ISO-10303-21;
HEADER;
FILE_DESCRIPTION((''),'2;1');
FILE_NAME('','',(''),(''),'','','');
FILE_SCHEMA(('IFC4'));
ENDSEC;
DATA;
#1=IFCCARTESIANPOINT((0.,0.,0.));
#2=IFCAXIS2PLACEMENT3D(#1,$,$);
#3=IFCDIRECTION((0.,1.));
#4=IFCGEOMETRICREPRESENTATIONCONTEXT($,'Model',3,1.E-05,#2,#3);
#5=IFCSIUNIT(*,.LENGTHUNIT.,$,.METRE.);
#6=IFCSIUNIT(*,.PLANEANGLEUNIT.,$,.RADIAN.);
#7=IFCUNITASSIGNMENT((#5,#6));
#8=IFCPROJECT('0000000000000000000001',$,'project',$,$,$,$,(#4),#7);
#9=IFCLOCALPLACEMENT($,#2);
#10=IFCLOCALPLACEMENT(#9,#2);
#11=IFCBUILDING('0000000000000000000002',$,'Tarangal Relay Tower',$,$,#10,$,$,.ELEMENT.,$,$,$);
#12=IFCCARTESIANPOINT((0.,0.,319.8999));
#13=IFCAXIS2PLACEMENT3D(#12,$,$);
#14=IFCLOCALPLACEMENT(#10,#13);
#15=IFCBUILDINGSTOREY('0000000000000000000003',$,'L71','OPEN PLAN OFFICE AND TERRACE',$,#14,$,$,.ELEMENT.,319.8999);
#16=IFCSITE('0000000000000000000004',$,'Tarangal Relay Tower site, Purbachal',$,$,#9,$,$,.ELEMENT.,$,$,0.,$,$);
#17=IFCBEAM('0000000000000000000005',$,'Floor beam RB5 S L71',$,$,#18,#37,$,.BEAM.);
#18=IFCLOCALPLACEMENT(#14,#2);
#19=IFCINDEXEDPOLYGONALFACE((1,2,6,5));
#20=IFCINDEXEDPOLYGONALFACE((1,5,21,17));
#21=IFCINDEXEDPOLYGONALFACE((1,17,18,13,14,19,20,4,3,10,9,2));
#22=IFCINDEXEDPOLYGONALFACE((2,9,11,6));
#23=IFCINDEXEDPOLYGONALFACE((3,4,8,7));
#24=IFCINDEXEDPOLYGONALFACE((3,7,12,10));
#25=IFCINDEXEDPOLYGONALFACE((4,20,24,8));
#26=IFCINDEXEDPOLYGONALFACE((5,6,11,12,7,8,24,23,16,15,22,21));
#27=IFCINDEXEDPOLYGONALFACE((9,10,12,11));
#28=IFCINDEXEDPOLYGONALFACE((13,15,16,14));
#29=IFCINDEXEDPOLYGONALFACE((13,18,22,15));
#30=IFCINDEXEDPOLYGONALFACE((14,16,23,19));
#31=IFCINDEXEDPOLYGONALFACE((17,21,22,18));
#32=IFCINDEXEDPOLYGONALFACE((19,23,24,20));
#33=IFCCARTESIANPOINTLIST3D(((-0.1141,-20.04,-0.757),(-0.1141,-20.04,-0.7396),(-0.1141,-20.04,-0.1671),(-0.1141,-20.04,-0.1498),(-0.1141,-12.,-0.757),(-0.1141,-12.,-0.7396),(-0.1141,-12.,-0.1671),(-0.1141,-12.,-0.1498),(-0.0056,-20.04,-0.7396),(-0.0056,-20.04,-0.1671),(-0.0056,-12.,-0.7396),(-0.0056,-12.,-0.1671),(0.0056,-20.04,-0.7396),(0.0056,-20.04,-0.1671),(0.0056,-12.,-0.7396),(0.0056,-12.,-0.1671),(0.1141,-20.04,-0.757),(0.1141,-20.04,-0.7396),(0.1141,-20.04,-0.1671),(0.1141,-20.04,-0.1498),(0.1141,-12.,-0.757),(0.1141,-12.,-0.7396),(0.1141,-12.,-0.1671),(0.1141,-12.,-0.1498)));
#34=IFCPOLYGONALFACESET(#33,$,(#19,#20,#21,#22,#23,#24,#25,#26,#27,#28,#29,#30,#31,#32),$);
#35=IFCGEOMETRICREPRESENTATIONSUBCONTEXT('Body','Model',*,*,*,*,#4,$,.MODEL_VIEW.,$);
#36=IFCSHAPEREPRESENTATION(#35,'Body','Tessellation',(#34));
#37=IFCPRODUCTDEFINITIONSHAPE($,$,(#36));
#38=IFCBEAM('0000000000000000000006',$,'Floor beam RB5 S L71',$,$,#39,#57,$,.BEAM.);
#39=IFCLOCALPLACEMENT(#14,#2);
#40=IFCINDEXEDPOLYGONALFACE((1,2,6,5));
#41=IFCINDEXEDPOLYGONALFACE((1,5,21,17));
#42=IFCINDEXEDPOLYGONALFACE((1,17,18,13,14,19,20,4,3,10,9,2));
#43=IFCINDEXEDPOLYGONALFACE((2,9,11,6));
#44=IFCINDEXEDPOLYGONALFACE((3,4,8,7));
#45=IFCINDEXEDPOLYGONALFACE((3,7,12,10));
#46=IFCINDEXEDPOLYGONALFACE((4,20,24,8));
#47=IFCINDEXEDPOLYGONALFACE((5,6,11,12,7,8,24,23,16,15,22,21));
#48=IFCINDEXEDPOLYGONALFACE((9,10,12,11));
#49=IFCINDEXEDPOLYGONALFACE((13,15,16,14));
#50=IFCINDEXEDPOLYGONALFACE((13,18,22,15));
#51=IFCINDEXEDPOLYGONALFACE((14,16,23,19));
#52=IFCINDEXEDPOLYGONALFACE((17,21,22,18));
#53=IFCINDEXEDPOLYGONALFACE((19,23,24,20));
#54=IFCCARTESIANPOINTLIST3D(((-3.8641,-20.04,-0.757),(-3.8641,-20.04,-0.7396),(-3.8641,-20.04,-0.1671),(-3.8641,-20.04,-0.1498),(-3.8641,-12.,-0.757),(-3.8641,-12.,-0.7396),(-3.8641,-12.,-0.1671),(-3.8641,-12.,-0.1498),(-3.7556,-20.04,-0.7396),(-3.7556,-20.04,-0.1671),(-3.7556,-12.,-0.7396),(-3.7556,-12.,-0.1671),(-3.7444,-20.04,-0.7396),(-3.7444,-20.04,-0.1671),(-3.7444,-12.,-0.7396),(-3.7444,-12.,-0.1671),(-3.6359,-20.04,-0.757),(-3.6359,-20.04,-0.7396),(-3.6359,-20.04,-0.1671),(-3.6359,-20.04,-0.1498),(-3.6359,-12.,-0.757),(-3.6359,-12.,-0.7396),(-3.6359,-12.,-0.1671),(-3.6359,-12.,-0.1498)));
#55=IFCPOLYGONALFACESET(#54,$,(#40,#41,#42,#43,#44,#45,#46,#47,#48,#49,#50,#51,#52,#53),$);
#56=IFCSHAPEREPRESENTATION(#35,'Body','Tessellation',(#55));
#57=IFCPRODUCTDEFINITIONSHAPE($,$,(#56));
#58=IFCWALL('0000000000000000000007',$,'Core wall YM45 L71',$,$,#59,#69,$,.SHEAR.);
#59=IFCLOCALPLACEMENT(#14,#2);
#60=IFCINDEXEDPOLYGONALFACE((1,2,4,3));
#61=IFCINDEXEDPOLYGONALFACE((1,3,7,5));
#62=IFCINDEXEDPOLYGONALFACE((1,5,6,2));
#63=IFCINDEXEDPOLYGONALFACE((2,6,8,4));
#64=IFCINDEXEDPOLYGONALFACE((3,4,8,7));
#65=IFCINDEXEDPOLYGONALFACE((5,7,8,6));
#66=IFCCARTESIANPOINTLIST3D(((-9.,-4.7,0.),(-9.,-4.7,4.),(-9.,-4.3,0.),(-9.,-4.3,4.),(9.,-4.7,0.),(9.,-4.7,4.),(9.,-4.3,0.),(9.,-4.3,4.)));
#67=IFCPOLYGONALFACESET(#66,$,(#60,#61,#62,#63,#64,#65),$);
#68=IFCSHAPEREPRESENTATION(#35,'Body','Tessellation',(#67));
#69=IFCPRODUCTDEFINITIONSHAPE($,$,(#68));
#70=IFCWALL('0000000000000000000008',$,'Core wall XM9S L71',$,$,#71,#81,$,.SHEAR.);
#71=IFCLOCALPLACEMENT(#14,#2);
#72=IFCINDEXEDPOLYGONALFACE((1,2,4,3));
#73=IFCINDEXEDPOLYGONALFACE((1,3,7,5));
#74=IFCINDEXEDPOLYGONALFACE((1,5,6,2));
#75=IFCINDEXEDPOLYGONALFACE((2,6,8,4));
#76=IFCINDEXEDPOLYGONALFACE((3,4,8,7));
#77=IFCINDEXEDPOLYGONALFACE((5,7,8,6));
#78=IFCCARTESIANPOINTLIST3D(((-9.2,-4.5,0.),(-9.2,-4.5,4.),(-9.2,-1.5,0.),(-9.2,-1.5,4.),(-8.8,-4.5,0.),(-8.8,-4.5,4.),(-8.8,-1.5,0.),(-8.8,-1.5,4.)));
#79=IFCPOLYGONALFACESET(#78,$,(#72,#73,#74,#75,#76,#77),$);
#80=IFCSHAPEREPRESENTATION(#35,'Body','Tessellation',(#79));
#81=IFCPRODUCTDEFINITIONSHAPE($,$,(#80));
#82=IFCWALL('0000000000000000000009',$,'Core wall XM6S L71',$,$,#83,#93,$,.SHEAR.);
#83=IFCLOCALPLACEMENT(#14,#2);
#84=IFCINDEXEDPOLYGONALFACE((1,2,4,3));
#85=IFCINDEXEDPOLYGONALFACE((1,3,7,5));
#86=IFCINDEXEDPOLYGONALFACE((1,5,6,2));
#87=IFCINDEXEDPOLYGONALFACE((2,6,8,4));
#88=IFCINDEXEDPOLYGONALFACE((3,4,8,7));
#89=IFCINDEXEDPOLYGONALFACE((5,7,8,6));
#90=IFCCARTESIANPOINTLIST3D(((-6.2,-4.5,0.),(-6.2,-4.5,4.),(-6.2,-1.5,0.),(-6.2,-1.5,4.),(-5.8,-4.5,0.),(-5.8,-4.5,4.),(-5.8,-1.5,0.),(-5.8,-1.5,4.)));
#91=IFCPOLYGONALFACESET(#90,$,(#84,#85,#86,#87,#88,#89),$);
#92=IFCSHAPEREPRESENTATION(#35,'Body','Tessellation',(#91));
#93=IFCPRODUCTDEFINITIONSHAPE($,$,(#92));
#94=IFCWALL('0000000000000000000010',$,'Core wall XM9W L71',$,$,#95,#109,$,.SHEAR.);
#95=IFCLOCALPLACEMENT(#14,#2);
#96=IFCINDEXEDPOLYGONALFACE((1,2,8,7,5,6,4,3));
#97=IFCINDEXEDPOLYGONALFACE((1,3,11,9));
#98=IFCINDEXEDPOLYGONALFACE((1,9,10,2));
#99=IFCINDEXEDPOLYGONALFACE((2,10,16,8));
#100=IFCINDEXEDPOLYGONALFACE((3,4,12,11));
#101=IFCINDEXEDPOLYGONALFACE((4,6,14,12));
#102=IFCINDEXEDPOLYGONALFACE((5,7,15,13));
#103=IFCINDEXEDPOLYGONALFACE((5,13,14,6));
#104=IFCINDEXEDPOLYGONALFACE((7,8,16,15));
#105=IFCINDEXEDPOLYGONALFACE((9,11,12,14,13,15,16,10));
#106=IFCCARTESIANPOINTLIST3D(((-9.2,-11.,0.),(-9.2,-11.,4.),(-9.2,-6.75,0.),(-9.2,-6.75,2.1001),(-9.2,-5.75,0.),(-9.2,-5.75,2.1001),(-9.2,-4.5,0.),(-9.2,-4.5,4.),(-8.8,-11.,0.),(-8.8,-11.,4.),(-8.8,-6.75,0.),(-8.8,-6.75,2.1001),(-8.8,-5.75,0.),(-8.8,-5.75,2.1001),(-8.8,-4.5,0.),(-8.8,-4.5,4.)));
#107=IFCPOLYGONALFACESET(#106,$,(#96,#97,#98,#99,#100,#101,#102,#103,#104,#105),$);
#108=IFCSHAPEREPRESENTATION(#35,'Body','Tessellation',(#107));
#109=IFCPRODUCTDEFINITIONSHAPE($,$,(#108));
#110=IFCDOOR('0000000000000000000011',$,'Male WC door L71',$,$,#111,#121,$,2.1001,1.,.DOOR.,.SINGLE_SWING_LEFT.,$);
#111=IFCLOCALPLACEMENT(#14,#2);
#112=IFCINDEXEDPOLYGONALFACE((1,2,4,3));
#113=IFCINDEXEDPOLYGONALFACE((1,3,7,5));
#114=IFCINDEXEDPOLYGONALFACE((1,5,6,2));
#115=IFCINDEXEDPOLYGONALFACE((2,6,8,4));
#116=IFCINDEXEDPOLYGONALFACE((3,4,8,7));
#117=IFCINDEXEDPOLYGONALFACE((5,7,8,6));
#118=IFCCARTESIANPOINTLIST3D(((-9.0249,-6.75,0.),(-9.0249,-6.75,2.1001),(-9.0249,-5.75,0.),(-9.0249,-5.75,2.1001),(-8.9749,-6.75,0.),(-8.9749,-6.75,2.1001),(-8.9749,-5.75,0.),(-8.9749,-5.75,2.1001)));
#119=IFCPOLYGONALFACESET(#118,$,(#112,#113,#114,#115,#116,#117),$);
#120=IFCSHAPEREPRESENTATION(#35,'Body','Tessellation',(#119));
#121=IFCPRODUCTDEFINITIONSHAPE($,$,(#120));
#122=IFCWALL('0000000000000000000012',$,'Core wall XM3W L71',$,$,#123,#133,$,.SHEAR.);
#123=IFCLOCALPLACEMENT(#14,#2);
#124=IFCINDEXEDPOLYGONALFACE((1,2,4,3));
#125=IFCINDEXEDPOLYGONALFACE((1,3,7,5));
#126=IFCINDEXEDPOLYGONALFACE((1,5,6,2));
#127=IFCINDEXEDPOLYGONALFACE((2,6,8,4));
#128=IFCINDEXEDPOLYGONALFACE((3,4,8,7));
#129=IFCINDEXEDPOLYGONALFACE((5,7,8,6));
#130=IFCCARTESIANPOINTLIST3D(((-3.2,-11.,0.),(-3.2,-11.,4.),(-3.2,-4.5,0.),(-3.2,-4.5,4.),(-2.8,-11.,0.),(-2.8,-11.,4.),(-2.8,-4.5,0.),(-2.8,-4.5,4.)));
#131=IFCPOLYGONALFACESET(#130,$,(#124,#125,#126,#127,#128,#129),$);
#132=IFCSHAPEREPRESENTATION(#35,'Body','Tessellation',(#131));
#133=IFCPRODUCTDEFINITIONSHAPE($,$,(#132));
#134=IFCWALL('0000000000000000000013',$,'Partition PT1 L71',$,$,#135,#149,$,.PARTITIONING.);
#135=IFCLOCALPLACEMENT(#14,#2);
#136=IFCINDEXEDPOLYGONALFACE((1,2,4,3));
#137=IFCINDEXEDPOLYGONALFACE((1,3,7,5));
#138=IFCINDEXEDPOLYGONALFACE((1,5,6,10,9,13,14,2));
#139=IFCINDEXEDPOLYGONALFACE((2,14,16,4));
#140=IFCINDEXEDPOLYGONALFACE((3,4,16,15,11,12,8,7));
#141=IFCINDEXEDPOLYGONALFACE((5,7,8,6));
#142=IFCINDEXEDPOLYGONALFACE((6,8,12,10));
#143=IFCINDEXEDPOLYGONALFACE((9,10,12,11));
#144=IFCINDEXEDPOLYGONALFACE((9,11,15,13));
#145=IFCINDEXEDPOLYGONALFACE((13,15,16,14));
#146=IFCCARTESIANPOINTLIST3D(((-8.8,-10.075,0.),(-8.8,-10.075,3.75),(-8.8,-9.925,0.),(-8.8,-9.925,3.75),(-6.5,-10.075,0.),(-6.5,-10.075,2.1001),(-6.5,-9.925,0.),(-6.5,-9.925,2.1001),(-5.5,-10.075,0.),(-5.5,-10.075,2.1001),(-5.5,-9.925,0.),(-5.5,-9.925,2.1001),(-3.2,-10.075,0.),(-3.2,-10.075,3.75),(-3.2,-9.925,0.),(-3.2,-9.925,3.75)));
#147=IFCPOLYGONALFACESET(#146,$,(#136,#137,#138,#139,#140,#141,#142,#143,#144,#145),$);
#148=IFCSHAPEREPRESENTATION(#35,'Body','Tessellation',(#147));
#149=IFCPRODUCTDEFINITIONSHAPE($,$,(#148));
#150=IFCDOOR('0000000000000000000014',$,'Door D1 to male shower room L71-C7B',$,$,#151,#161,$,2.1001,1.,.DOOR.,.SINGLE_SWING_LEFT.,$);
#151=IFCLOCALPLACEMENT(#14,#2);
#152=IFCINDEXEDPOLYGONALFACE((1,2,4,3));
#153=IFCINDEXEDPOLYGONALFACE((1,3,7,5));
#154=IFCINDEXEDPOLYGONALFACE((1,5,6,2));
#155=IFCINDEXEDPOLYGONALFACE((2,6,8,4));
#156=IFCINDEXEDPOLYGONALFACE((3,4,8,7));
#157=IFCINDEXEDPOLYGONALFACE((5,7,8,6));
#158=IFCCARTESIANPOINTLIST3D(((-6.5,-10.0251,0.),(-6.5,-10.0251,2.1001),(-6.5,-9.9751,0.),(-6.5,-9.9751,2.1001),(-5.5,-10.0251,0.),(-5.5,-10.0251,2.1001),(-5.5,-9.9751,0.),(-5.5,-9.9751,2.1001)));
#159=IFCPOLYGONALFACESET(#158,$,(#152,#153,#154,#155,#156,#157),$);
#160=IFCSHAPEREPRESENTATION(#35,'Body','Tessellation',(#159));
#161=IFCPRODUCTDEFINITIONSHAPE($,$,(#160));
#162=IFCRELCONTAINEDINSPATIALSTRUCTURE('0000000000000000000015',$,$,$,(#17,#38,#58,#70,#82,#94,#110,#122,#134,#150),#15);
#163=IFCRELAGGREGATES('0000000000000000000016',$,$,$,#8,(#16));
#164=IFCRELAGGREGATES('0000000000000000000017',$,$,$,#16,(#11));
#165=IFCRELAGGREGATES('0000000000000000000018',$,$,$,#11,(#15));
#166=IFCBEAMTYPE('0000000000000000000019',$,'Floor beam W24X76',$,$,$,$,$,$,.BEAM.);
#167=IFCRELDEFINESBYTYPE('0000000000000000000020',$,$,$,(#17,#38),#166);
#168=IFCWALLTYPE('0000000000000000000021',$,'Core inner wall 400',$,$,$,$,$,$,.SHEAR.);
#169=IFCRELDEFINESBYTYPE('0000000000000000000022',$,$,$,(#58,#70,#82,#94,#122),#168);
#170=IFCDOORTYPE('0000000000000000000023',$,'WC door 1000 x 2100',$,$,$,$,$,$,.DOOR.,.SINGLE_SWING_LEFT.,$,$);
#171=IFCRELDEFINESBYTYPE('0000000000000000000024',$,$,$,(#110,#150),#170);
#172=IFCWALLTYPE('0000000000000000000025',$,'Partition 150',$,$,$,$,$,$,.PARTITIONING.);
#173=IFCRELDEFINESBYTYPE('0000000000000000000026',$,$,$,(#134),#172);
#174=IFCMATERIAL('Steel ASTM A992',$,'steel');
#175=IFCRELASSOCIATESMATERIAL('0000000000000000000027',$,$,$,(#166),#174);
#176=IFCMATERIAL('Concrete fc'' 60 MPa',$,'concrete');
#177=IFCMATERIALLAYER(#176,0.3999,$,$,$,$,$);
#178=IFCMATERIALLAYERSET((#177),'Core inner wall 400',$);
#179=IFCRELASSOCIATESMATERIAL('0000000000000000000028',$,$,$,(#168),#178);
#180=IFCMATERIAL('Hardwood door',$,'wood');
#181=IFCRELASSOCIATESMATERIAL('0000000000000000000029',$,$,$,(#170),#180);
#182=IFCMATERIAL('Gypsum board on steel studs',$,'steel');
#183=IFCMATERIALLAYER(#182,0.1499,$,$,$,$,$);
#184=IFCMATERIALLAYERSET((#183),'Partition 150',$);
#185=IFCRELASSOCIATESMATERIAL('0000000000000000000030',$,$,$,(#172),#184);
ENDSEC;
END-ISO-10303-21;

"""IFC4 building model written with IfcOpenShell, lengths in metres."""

from ifc_helpers import new_model, si_unit, direction, frame, frame_2d, origin, origin_2d, place, context, subcontext, project, spatial, rectangle, i_section, extrude, material, layer, layer_set, material_profile, profile_set, type_object, element, fill, save


model = new_model("IFC4")

# Units and contexts
model_context = context("Model", 3, precision=1e-05, world=origin(), true_north=direction((0.0, 1.0)))
body_context = subcontext(model_context, "Body", "Model", "MODEL_VIEW")
ifc_project = project(units=[si_unit("LENGTHUNIT", "METRE"), si_unit("PLANEANGLEUNIT", "RADIAN")], contexts=[model_context])

# Site, building, storey
site_placement = place(None, origin())
site = spatial("IfcSite", under=ifc_project, at=site_placement, Name="Tarangal Relay Tower site, Purbachal", CompositionType="ELEMENT", RefElevation=0.0)
building_placement = place(site_placement, origin())
building = spatial("IfcBuilding", under=site, at=building_placement, Name="Tarangal Relay Tower", CompositionType="ELEMENT")
storey_placement = place(building_placement, frame((0.0, 0.0, 319.8999)))
storey = spatial("IfcBuildingStorey", under=building, at=storey_placement, Name="L71", Description="OPEN PLAN OFFICE AND TERRACE", CompositionType="ELEMENT", Elevation=319.8999)

# Beams
ifc_material_1 = material(Name="Steel ASTM A992", Category="steel")
ifc_material_profile = material_profile(ifc_material_1, i_section(OverallWidth=0.2283, OverallDepth=0.6072, WebThickness=0.0112, FlangeThickness=0.0173, at=origin_2d()), Name="W24X76")
ifc_profile_set = profile_set([ifc_material_profile], Name="Steel ASTM A992")
beam_type = type_object("IfcBeamType", Name="Floor beam W24X76", PredefinedType="BEAM", material=ifc_profile_set)
for number, where, z_axis, x_axis, name in (
    (1, (0.0, -12.0, -0.4534), (0.0, -1.0, 0.0), (1.0, 0.0, 0.0), "Floor beam RB5 S L71"),
    (2, (-3.75, -12.0, -0.4534), (0.0, -1.0, 0.0), (1.0, 0.0, 0.0), "Floor beam RB5 S L71"),
):
    element("IfcBeam", number, at=place(storey_placement, frame(where, z_axis=z_axis, x_axis=x_axis)), inside=storey, type_object=beam_type, Name=name, PredefinedType="BEAM", context=body_context, shape_type="SweptSolid", body=[
        extrude(i_section(OverallWidth=0.2283, OverallDepth=0.6072, WebThickness=0.0112, FlangeThickness=0.0173, at=origin_2d()), origin(), (0.0, 0.0, 1.0), 8.04),
    ])

# Walls
ifc_material_2 = material(Name="Concrete fc' 60 MPa", Category="concrete")
ifc_layer_1 = layer(ifc_material_2, 0.3999)
ifc_layer_set_1 = layer_set([ifc_layer_1], Name="Core inner wall 400")
wall_type_1 = type_object("IfcWallType", Name="Core inner wall 400", PredefinedType="SHEAR", material=ifc_layer_set_1)
wall_1_placement = place(storey_placement, frame((-9.0, -4.5, 0.0), z_axis=(0.0, 0.0, 1.0), x_axis=(1.0, 0.0, 0.0)))
element("IfcWall", 3, at=wall_1_placement, inside=storey, type_object=wall_type_1, Name="Core wall YM45 L71", PredefinedType="SHEAR", context=body_context, shape_type="SweptSolid", body=[
    extrude(rectangle(XDim=18.0, YDim=0.3999, at=frame_2d((9.0, 0.0))), origin(), (0.0, 0.0, 1.0), 4.0),
])
for number, where, z_axis, x_axis, name in (
    (4, (-9.0, -4.5, 0.0), (0.0, 0.0, 1.0), (0.0, 1.0, 0.0), "Core wall XM9S L71"),
    (5, (-6.0, -4.5, 0.0), (0.0, 0.0, 1.0), (0.0, 1.0, 0.0), "Core wall XM6S L71"),
):
    element("IfcWall", number, at=place(storey_placement, frame(where, z_axis=z_axis, x_axis=x_axis)), inside=storey, type_object=wall_type_1, Name=name, PredefinedType="SHEAR", context=body_context, shape_type="SweptSolid", body=[
        extrude(rectangle(XDim=3.0, YDim=0.3999, at=frame_2d((1.5, 0.0))), origin(), (0.0, 0.0, 1.0), 4.0),
    ])

# Wall, opening, door
wall_2_placement = place(storey_placement, frame((-9.0, -11.0, 0.0), z_axis=(0.0, 0.0, 1.0), x_axis=(0.0, 1.0, 0.0)))
wall_2 = element("IfcWall", 6, at=wall_2_placement, inside=storey, type_object=wall_type_1, Name="Core wall XM9W L71", PredefinedType="SHEAR", context=body_context, shape_type="SweptSolid", body=[
    extrude(rectangle(XDim=6.5, YDim=0.3999, at=frame_2d((3.25, 0.0))), origin(), (0.0, 0.0, 1.0), 4.0),
])
opening_1_placement = place(wall_2_placement, frame((4.25, 0.0, 0.0)))
opening_1 = element("IfcOpeningElement", 7, at=opening_1_placement, cuts=wall_2, PredefinedType="OPENING", context=body_context, shape_type="SweptSolid", body=[
    extrude(rectangle(XDim=1.0, YDim=2.1001, at=frame_2d((0.5, 1.05))), frame((0.0, 0.21, 0.0), z_axis=(0.0, -1.0, 0.0), x_axis=(1.0, 0.0, 0.0)), (0.0, 0.0, 1.0), 0.4199),
])
ifc_material_3 = material(Name="Hardwood door", Category="wood")
door_type = type_object("IfcDoorType", Name="WC door 1000 x 2100", OperationType="SINGLE_SWING_LEFT", PredefinedType="DOOR", material=ifc_material_3)
door_1_placement = place(opening_1_placement, origin())
door_1 = element("IfcDoor", 8, at=door_1_placement, inside=storey, type_object=door_type, Name="Male WC door L71", OperationType="SINGLE_SWING_LEFT", OverallHeight=2.1001, OverallWidth=1.0, PredefinedType="DOOR", context=body_context, shape_type="SweptSolid", body=[
    extrude(rectangle(XDim=1.0, YDim=2.1001, at=frame_2d((0.5, 1.05))), frame((0.0, 0.0249, 0.0), z_axis=(0.0, -1.0, 0.0), x_axis=(1.0, 0.0, 0.0)), (0.0, 0.0, 1.0), 0.05),
])
fill(opening_1, door_1)

# Wall
wall_3_placement = place(storey_placement, frame((-3.0, -11.0, 0.0), z_axis=(0.0, 0.0, 1.0), x_axis=(0.0, 1.0, 0.0)))
element("IfcWall", 9, at=wall_3_placement, inside=storey, type_object=wall_type_1, Name="Core wall XM3W L71", PredefinedType="SHEAR", context=body_context, shape_type="SweptSolid", body=[
    extrude(rectangle(XDim=6.5, YDim=0.3999, at=frame_2d((3.25, 0.0))), origin(), (0.0, 0.0, 1.0), 4.0),
])

# Wall, opening, door
ifc_material_4 = material(Name="Gypsum board on steel studs", Category="steel")
ifc_layer_2 = layer(ifc_material_4, 0.1499)
ifc_layer_set_2 = layer_set([ifc_layer_2], Name="Partition 150")
wall_type_2 = type_object("IfcWallType", Name="Partition 150", PredefinedType="PARTITIONING", material=ifc_layer_set_2)
wall_4_placement = place(storey_placement, frame((-8.8, -10.0, 0.0), z_axis=(0.0, 0.0, 1.0), x_axis=(1.0, 0.0, 0.0)))
wall_4 = element("IfcWall", 10, at=wall_4_placement, inside=storey, type_object=wall_type_2, Name="Partition PT1 L71", PredefinedType="PARTITIONING", context=body_context, shape_type="SweptSolid", body=[
    extrude(rectangle(XDim=5.6001, YDim=0.1499, at=frame_2d((2.8, 0.0))), origin(), (0.0, 0.0, 1.0), 3.75),
])
opening_2_placement = place(wall_4_placement, frame((2.3, 0.0, 0.0)))
opening_2 = element("IfcOpeningElement", 11, at=opening_2_placement, cuts=wall_4, PredefinedType="OPENING", context=body_context, shape_type="SweptSolid", body=[
    extrude(rectangle(XDim=1.0, YDim=2.1001, at=frame_2d((0.5, 1.05))), frame((0.0, 0.085, 0.0), z_axis=(0.0, -1.0, 0.0), x_axis=(1.0, 0.0, 0.0)), (0.0, 0.0, 1.0), 0.1699),
])
door_2_placement = place(opening_2_placement, origin())
door_2 = element("IfcDoor", 12, at=door_2_placement, inside=storey, type_object=door_type, Name="Door D1 to male shower room L71-C7B", OperationType="SINGLE_SWING_LEFT", OverallHeight=2.1001, OverallWidth=1.0, PredefinedType="DOOR", context=body_context, shape_type="SweptSolid", body=[
    extrude(rectangle(XDim=1.0, YDim=2.1001, at=frame_2d((0.5, 1.05))), frame((0.0, 0.0249, 0.0), z_axis=(0.0, -1.0, 0.0), x_axis=(1.0, 0.0, 0.0)), (0.0, 0.0, 1.0), 0.05),
])
fill(opening_2, door_2)

save(model, "model.ifc")
